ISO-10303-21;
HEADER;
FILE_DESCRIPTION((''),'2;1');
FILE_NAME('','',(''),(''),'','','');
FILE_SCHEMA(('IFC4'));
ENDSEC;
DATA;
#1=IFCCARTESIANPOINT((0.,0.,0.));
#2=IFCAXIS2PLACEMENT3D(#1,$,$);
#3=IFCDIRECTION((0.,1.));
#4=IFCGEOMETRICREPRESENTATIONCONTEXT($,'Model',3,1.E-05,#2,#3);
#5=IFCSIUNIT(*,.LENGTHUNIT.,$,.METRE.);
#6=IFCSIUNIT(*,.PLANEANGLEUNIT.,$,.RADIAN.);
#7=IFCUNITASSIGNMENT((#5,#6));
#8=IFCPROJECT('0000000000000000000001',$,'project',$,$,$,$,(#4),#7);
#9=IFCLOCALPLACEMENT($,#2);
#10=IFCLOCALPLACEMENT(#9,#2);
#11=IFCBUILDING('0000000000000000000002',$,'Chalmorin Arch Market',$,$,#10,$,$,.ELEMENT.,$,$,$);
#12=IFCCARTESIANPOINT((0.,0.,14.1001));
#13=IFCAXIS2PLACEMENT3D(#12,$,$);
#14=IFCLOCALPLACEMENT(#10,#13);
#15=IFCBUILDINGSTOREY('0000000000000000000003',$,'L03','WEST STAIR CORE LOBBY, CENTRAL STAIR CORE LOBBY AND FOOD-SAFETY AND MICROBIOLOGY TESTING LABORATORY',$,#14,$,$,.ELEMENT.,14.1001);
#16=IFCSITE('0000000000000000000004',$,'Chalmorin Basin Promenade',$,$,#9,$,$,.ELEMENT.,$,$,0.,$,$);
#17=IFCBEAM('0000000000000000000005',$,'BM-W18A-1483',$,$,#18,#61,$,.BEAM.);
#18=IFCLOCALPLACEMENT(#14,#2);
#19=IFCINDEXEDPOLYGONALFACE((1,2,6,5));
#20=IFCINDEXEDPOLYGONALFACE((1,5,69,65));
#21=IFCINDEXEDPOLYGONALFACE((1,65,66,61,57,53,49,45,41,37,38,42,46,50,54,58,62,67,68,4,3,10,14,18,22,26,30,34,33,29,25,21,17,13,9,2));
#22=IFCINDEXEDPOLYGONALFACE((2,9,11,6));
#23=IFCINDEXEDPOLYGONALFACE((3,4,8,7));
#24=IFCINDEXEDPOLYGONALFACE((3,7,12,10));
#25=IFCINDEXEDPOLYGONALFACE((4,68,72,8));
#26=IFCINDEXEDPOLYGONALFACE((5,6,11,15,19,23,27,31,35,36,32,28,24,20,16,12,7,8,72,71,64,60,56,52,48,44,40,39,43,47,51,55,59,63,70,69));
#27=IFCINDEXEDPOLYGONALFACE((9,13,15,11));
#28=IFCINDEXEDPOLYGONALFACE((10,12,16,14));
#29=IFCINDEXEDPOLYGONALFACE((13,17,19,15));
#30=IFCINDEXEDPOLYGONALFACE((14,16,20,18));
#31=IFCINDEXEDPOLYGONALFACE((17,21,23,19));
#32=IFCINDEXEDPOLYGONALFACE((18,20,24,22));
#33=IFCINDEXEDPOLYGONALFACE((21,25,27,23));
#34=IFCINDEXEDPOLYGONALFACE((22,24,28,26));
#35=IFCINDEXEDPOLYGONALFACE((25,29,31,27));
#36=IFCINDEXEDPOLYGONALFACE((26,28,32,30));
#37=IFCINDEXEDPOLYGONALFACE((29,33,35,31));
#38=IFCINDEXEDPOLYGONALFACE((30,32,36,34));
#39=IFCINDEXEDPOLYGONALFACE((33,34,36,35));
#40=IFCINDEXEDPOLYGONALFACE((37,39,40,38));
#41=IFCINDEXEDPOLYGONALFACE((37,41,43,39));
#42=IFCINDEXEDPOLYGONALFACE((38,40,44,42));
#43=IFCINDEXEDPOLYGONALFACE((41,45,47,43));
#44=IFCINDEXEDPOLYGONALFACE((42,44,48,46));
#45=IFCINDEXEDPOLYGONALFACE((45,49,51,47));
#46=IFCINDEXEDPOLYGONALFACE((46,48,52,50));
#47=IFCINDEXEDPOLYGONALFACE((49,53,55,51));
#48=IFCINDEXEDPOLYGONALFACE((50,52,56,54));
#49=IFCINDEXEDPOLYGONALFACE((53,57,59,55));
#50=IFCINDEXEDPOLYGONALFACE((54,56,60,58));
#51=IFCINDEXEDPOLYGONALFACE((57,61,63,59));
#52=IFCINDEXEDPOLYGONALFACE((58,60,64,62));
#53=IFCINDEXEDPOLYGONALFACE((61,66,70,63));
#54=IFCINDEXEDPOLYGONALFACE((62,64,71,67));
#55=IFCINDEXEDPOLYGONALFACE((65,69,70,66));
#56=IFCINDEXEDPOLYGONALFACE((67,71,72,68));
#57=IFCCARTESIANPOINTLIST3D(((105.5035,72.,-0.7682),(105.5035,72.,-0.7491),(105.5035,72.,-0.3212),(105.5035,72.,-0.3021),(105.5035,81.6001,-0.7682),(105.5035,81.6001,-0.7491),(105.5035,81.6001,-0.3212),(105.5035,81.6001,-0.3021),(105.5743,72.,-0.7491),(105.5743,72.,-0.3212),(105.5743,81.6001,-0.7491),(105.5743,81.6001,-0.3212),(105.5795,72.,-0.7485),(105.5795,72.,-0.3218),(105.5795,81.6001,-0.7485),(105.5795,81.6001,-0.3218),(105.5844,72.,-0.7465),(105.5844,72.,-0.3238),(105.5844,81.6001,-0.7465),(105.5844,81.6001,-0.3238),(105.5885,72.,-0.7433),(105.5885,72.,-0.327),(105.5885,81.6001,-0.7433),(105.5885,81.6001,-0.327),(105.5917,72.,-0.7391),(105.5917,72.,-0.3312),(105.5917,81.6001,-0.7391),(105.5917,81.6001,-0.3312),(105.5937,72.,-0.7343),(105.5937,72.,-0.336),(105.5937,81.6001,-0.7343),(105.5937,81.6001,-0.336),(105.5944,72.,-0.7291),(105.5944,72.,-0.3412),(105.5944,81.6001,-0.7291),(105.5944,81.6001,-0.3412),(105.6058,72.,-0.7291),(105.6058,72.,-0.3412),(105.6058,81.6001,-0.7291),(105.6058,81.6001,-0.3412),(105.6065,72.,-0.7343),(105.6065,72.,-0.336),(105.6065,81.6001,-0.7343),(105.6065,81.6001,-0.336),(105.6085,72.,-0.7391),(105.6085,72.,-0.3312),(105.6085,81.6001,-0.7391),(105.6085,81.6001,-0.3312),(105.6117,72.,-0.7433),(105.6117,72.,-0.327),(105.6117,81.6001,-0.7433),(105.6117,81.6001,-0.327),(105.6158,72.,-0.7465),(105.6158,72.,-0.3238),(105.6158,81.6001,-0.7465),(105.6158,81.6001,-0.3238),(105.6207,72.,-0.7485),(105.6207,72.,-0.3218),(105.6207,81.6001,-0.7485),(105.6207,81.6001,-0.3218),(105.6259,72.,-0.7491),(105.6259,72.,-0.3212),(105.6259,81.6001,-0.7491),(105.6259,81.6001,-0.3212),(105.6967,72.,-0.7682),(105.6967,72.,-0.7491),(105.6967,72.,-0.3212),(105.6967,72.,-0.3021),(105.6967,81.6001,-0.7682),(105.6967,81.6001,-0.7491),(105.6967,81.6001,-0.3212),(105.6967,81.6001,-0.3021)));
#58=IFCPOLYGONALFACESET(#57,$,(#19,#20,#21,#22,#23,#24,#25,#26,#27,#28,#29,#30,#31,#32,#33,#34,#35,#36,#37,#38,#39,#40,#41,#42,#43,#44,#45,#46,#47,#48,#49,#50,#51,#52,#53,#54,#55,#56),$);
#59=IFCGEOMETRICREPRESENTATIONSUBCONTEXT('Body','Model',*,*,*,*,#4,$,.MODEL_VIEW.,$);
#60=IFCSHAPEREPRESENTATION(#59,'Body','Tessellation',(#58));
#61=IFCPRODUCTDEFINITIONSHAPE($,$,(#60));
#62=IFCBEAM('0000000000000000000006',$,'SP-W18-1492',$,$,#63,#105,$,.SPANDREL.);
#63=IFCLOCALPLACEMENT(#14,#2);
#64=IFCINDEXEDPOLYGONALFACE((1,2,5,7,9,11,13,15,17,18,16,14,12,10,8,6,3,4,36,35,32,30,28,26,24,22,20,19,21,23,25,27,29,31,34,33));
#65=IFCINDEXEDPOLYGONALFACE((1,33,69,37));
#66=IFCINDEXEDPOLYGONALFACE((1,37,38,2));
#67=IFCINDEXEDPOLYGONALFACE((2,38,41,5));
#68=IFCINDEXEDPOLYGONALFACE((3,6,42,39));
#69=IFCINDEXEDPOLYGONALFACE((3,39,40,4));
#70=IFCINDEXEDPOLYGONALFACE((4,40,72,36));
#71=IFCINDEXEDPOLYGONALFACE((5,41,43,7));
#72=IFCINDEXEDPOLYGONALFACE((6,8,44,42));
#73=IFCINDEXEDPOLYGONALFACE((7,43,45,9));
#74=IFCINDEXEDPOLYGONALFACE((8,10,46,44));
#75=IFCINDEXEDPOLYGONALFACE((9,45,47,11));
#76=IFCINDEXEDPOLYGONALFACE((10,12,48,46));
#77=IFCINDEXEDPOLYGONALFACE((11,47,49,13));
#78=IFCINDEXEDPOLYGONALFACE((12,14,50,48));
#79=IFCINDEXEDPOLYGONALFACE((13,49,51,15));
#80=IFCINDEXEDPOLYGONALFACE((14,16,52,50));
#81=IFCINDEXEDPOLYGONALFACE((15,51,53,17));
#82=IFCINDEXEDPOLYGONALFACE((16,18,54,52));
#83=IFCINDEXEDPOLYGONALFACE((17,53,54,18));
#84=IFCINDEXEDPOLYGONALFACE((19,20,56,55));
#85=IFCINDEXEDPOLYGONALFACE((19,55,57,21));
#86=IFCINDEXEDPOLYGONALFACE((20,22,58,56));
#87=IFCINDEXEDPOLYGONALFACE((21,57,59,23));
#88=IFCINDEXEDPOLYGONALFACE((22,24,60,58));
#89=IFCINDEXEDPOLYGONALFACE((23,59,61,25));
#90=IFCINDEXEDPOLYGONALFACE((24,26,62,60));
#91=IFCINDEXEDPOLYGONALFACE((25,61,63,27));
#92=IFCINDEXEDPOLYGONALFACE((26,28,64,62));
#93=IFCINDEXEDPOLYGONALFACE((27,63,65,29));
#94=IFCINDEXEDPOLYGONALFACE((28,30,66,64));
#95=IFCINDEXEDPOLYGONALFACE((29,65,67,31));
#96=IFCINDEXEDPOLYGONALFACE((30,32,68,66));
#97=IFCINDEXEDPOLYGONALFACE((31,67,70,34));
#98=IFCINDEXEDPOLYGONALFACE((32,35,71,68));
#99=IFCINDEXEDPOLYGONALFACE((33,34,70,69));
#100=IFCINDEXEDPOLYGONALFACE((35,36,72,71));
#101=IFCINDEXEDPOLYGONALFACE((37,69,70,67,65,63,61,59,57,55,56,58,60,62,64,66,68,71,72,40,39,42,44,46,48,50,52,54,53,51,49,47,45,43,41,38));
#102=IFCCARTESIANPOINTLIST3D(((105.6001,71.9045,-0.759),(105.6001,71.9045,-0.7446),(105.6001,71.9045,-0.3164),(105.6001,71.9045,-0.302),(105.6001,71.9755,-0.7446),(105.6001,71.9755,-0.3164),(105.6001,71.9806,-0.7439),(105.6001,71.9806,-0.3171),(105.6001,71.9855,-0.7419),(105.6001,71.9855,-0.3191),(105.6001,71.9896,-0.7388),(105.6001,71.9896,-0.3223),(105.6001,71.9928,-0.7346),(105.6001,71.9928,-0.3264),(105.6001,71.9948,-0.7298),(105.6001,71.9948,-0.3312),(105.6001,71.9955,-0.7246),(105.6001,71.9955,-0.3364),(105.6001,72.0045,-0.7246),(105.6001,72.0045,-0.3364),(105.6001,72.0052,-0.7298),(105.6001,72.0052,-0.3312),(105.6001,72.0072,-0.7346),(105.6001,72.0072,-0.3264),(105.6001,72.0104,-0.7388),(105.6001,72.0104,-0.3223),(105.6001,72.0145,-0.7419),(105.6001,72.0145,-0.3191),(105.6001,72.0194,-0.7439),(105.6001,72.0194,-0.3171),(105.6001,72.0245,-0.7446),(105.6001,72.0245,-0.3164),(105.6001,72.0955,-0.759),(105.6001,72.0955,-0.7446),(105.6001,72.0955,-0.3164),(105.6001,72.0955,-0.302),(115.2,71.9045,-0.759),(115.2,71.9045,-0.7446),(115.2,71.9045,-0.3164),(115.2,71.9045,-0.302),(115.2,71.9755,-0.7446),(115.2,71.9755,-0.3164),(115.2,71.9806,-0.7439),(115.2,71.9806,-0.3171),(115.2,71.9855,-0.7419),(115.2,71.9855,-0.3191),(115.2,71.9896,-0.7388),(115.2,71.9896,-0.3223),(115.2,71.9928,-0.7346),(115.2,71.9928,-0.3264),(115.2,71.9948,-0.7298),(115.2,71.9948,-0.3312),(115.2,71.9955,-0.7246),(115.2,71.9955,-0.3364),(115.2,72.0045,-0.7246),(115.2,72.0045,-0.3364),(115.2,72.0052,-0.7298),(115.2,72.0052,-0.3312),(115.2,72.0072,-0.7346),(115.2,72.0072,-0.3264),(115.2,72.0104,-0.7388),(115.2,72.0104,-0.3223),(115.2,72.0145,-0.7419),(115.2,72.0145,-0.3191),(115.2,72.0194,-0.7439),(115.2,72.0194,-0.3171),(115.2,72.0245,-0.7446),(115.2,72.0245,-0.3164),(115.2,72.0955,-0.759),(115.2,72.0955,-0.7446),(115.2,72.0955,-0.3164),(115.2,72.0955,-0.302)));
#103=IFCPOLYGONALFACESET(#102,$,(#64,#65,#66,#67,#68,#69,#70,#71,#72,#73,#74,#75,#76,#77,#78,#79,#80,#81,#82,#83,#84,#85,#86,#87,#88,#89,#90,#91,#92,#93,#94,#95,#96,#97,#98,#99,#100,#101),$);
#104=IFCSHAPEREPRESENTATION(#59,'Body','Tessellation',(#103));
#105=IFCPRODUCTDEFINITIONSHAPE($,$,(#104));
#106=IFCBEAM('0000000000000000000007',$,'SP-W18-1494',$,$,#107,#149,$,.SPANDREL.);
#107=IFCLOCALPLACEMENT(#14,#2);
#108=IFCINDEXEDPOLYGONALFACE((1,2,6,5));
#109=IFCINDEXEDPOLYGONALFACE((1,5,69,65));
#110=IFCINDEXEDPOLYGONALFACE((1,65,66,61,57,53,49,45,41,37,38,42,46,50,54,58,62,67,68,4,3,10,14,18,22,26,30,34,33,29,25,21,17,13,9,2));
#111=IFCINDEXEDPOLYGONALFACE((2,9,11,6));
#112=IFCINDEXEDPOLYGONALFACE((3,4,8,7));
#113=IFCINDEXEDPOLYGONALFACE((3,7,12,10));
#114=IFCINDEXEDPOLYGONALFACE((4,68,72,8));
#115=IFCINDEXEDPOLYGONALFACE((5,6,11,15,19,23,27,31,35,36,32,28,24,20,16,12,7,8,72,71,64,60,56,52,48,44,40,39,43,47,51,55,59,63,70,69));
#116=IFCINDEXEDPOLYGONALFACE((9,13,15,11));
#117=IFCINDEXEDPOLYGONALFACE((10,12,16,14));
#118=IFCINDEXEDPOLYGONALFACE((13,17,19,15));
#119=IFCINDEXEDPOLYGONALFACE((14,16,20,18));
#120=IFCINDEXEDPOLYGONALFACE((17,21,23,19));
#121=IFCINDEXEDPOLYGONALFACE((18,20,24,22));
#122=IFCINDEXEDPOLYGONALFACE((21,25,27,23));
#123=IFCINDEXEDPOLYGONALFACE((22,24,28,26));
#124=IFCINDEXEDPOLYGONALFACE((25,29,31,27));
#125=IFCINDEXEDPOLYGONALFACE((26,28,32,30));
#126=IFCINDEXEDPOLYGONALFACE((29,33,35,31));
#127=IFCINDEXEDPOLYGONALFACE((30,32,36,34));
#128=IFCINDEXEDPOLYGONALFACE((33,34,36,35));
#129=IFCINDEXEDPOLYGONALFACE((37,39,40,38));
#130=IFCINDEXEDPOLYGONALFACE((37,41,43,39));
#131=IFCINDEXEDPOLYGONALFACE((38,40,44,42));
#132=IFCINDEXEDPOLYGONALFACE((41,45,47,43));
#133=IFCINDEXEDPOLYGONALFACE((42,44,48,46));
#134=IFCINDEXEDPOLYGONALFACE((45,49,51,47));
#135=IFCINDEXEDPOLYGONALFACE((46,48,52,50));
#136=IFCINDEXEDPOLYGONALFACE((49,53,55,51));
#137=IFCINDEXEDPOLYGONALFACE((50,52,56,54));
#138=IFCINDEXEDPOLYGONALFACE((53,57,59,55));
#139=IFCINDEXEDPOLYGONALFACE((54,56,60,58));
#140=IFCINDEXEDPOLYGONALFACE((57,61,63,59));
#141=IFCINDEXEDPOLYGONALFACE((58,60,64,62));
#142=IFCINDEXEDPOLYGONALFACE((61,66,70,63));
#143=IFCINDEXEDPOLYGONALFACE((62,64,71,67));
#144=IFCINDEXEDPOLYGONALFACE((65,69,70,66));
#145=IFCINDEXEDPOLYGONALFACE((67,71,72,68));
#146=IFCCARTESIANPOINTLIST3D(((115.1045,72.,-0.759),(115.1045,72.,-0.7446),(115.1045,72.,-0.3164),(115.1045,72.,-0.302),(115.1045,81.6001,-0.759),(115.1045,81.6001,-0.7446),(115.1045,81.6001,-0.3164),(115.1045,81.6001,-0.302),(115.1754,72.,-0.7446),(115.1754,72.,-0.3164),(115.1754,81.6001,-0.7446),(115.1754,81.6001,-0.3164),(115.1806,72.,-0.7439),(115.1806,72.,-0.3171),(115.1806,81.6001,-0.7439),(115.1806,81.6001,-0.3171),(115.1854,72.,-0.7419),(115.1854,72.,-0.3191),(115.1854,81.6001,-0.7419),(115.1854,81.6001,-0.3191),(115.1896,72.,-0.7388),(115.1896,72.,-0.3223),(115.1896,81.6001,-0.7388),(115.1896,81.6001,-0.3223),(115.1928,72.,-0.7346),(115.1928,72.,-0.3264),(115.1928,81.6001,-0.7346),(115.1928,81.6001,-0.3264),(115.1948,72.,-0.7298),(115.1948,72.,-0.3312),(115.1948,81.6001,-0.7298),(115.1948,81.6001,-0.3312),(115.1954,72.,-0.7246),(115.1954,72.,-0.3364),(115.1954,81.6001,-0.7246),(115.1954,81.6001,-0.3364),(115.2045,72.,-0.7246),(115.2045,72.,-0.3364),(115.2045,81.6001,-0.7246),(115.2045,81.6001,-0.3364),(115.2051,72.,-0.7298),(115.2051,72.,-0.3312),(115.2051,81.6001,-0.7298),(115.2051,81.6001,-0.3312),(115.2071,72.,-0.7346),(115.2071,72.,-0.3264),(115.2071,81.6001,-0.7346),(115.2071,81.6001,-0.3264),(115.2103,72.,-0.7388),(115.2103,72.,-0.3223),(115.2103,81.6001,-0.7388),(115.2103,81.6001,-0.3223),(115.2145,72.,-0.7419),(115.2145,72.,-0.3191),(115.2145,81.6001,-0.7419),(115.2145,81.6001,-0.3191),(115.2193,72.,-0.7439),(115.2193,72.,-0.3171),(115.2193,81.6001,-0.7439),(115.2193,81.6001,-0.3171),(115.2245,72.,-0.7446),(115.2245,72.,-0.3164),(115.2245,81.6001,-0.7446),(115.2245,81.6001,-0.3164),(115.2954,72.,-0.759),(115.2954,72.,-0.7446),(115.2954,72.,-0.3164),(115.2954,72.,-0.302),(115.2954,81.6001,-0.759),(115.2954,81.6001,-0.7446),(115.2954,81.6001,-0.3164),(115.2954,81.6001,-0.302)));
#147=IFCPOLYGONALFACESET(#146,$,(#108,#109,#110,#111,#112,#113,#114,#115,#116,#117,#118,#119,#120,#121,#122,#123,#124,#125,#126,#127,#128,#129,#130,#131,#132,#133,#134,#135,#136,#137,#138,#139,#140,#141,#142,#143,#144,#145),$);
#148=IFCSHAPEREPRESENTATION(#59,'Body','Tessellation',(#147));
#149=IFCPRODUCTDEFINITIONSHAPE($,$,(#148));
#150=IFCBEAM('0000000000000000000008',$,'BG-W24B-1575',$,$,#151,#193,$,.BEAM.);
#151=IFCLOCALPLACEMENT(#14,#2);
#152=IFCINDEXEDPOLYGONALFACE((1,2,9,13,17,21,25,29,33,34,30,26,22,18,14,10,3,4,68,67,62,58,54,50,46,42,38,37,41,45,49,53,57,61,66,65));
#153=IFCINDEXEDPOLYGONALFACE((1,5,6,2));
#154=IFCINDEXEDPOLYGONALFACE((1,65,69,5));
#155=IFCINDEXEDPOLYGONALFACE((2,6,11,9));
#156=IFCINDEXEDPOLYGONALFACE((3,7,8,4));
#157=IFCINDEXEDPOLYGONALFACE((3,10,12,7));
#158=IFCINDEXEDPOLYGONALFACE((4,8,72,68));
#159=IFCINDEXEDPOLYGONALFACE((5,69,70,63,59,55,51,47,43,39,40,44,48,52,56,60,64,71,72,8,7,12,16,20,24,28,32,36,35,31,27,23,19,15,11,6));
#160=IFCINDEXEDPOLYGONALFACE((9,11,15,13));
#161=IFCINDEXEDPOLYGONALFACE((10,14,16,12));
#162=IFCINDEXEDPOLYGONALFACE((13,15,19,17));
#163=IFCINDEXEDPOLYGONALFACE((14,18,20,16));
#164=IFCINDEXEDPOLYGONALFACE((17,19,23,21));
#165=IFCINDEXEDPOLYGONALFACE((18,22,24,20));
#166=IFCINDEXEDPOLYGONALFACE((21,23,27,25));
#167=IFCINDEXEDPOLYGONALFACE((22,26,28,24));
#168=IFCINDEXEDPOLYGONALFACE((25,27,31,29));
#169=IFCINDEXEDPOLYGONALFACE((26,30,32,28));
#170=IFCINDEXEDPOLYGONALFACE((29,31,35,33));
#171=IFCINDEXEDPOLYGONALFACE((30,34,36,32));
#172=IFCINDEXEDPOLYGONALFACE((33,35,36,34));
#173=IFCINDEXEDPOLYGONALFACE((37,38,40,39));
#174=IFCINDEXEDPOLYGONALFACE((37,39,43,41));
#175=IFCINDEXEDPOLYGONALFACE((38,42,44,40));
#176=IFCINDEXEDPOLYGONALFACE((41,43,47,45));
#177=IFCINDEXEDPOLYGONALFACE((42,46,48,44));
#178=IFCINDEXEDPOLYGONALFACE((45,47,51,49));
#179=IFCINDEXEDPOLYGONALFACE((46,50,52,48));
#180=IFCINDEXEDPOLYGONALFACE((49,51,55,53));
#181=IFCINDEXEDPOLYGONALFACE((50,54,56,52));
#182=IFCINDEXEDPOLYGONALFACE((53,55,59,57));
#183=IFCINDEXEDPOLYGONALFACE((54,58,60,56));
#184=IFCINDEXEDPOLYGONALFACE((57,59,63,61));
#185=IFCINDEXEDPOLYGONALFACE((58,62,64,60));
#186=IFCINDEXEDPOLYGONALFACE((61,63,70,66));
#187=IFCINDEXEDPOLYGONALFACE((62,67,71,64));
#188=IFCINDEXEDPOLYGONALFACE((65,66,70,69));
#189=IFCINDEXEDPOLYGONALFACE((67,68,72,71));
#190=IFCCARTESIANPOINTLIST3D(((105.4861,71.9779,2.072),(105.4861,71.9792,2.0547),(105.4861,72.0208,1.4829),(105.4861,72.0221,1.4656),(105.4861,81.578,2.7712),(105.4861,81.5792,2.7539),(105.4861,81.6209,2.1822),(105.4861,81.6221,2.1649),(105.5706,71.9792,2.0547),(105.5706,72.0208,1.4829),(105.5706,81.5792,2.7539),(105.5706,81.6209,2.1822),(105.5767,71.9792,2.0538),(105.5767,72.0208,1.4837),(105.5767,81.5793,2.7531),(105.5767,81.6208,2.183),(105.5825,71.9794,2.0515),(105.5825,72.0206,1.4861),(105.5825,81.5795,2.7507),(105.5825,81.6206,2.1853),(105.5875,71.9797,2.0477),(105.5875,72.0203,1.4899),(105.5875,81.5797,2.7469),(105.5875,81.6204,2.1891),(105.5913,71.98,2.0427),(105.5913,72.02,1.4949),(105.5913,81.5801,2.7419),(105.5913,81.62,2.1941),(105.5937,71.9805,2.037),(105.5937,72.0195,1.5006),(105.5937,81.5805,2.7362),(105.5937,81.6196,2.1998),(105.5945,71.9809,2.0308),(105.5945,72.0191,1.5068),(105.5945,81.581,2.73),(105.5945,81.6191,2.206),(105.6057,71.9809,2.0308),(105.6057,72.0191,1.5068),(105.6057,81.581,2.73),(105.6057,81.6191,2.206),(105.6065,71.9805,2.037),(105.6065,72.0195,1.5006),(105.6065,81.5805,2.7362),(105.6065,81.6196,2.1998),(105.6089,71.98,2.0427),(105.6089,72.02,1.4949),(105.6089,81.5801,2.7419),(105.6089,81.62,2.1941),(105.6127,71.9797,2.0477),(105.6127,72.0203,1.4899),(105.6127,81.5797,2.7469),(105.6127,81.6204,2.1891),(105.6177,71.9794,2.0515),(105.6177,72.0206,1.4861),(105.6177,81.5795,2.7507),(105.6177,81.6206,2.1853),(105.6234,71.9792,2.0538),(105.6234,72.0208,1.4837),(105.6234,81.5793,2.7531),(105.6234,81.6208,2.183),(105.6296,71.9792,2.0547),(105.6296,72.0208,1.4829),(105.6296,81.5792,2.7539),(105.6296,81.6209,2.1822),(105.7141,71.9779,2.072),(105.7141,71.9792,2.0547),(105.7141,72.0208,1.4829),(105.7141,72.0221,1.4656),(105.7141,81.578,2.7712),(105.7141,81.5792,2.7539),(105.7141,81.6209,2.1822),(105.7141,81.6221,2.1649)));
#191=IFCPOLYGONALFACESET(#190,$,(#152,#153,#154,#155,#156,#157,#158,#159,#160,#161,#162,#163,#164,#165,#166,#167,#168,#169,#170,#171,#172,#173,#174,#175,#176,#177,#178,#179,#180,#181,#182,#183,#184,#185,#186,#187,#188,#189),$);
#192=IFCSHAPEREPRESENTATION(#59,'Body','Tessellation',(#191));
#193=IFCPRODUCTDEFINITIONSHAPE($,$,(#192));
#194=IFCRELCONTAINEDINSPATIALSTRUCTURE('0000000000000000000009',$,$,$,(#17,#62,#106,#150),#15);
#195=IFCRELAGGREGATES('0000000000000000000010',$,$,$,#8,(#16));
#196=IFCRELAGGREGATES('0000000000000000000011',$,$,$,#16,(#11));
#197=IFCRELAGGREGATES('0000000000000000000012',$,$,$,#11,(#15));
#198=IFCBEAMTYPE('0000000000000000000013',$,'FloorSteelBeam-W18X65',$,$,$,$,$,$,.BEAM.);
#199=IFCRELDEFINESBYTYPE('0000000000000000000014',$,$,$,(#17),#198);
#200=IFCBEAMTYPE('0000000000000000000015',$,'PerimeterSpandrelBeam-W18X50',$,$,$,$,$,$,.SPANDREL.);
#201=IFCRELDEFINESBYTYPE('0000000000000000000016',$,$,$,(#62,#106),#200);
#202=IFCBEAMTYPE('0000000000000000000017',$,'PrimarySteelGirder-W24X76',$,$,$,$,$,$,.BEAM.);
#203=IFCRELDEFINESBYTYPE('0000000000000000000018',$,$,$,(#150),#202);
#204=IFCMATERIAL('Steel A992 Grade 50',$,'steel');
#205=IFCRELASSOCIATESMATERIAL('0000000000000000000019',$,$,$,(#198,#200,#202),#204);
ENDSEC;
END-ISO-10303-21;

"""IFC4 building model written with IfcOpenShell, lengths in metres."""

from ifc_helpers import new_model, si_unit, direction, frame, origin, origin_2d, place, context, subcontext, project, spatial, i_section, extrude, material, material_profile, profile_set, type_object, element, save


model = new_model("IFC4")

# Units and contexts
model_context = context("Model", 3, precision=1e-05, world=origin(), true_north=direction((0.0, 1.0)))
body_context = subcontext(model_context, "Body", "Model", "MODEL_VIEW")
ifc_project = project(units=[si_unit("LENGTHUNIT", "METRE"), si_unit("PLANEANGLEUNIT", "RADIAN")], contexts=[model_context])

# Site, building, storey
site_placement = place(None, origin())
site = spatial("IfcSite", under=ifc_project, at=site_placement, Name="Chalmorin Basin Promenade", CompositionType="ELEMENT", RefElevation=0.0)
building_placement = place(site_placement, origin())
building = spatial("IfcBuilding", under=site, at=building_placement, Name="Chalmorin Arch Market", CompositionType="ELEMENT")
storey_placement = place(building_placement, frame((0.0, 0.0, 14.1001)))
storey = spatial("IfcBuildingStorey", under=building, at=storey_placement, Name="L03", Description="WEST STAIR CORE LOBBY, CENTRAL STAIR CORE LOBBY AND FOOD-SAFETY AND MICROBIOLOGY TESTING LABORATORY", CompositionType="ELEMENT", Elevation=14.1001)

# Beams
ifc_material_1 = material(Name="Steel A992 Grade 50", Category="steel")
ifc_material_profile_1 = material_profile(ifc_material_1, i_section(OverallWidth=0.1931, OverallDepth=0.4661, WebThickness=0.0115, FlangeThickness=0.019, FilletRadius=0.02, at=origin_2d()), Name="W18X65")
ifc_profile_set_1 = profile_set([ifc_material_profile_1], Name="Steel A992 Grade 50")
beam_type_1 = type_object("IfcBeamType", Name="FloorSteelBeam-W18X65", PredefinedType="BEAM", material=ifc_profile_set_1)
beam_1_placement = place(storey_placement, frame((105.6001, 72.0, -0.5352), z_axis=(0.0, 1.0, 0.0), x_axis=(-1.0, 0.0, 0.0)))
element("IfcBeam", 1, at=beam_1_placement, inside=storey, type_object=beam_type_1, Name="BM-W18A-1483", PredefinedType="BEAM", context=body_context, shape_type="SweptSolid", body=[
    extrude(i_section(OverallWidth=0.1931, OverallDepth=0.4661, WebThickness=0.0115, FlangeThickness=0.019, FilletRadius=0.02, at=origin_2d()), origin(), (0.0, 0.0, 1.0), 9.6001),
])
ifc_material_profile_2 = material_profile(ifc_material_1, i_section(OverallWidth=0.1909, OverallDepth=0.457, WebThickness=0.009, FlangeThickness=0.0144, FilletRadius=0.02, at=origin_2d()), Name="W18X50")
ifc_profile_set_2 = profile_set([ifc_material_profile_2], Name="Steel A992 Grade 50")
beam_type_2 = type_object("IfcBeamType", Name="PerimeterSpandrelBeam-W18X50", PredefinedType="SPANDREL", material=ifc_profile_set_2)
beam_2_placement = place(storey_placement, frame((105.6001, 72.0, -0.5305), z_axis=(1.0, 0.0, 0.0), x_axis=(0.0, 1.0, 0.0)))
element("IfcBeam", 2, at=beam_2_placement, inside=storey, type_object=beam_type_2, Name="SP-W18-1492", PredefinedType="SPANDREL", context=body_context, shape_type="SweptSolid", body=[
    extrude(i_section(OverallWidth=0.1909, OverallDepth=0.457, WebThickness=0.009, FlangeThickness=0.0144, FilletRadius=0.02, at=origin_2d()), origin(), (0.0, 0.0, 1.0), 9.5999),
])
beam_3_placement = place(storey_placement, frame((115.2, 72.0, -0.5305), z_axis=(0.0, 1.0, 0.0), x_axis=(-1.0, 0.0, 0.0)))
element("IfcBeam", 3, at=beam_3_placement, inside=storey, type_object=beam_type_2, Name="SP-W18-1494", PredefinedType="SPANDREL", context=body_context, shape_type="SweptSolid", body=[
    extrude(i_section(OverallWidth=0.1909, OverallDepth=0.457, WebThickness=0.009, FlangeThickness=0.0144, FilletRadius=0.02, at=origin_2d()), origin(), (0.0, 0.0, 1.0), 9.6001),
])
ifc_material_profile_3 = material_profile(ifc_material_1, i_section(OverallWidth=0.228, OverallDepth=0.6079, WebThickness=0.0112, FlangeThickness=0.0173, FilletRadius=0.0239, at=origin_2d()), Name="W24X76")
ifc_profile_set_3 = profile_set([ifc_material_profile_3], Name="Steel A992 Grade 50")
beam_type_3 = type_object("IfcBeamType", Name="PrimarySteelGirder-W24X76", PredefinedType="BEAM", material=ifc_profile_set_3)
beam_4_placement = place(storey_placement, frame((105.6001, 72.0, 1.7688), z_axis=(0.0, 0.997358, 0.072642), x_axis=(-1.0, 0.0, 0.0)))
element("IfcBeam", 4, at=beam_4_placement, inside=storey, type_object=beam_type_3, Name="BG-W24B-1575", PredefinedType="BEAM", context=body_context, shape_type="SweptSolid", body=[
    extrude(i_section(OverallWidth=0.228, OverallDepth=0.6079, WebThickness=0.0112, FlangeThickness=0.0173, FilletRadius=0.0239, at=origin_2d()), origin(), (0.0, 0.0, 1.0), 9.6255),
])

save(model, "model.ifc")
